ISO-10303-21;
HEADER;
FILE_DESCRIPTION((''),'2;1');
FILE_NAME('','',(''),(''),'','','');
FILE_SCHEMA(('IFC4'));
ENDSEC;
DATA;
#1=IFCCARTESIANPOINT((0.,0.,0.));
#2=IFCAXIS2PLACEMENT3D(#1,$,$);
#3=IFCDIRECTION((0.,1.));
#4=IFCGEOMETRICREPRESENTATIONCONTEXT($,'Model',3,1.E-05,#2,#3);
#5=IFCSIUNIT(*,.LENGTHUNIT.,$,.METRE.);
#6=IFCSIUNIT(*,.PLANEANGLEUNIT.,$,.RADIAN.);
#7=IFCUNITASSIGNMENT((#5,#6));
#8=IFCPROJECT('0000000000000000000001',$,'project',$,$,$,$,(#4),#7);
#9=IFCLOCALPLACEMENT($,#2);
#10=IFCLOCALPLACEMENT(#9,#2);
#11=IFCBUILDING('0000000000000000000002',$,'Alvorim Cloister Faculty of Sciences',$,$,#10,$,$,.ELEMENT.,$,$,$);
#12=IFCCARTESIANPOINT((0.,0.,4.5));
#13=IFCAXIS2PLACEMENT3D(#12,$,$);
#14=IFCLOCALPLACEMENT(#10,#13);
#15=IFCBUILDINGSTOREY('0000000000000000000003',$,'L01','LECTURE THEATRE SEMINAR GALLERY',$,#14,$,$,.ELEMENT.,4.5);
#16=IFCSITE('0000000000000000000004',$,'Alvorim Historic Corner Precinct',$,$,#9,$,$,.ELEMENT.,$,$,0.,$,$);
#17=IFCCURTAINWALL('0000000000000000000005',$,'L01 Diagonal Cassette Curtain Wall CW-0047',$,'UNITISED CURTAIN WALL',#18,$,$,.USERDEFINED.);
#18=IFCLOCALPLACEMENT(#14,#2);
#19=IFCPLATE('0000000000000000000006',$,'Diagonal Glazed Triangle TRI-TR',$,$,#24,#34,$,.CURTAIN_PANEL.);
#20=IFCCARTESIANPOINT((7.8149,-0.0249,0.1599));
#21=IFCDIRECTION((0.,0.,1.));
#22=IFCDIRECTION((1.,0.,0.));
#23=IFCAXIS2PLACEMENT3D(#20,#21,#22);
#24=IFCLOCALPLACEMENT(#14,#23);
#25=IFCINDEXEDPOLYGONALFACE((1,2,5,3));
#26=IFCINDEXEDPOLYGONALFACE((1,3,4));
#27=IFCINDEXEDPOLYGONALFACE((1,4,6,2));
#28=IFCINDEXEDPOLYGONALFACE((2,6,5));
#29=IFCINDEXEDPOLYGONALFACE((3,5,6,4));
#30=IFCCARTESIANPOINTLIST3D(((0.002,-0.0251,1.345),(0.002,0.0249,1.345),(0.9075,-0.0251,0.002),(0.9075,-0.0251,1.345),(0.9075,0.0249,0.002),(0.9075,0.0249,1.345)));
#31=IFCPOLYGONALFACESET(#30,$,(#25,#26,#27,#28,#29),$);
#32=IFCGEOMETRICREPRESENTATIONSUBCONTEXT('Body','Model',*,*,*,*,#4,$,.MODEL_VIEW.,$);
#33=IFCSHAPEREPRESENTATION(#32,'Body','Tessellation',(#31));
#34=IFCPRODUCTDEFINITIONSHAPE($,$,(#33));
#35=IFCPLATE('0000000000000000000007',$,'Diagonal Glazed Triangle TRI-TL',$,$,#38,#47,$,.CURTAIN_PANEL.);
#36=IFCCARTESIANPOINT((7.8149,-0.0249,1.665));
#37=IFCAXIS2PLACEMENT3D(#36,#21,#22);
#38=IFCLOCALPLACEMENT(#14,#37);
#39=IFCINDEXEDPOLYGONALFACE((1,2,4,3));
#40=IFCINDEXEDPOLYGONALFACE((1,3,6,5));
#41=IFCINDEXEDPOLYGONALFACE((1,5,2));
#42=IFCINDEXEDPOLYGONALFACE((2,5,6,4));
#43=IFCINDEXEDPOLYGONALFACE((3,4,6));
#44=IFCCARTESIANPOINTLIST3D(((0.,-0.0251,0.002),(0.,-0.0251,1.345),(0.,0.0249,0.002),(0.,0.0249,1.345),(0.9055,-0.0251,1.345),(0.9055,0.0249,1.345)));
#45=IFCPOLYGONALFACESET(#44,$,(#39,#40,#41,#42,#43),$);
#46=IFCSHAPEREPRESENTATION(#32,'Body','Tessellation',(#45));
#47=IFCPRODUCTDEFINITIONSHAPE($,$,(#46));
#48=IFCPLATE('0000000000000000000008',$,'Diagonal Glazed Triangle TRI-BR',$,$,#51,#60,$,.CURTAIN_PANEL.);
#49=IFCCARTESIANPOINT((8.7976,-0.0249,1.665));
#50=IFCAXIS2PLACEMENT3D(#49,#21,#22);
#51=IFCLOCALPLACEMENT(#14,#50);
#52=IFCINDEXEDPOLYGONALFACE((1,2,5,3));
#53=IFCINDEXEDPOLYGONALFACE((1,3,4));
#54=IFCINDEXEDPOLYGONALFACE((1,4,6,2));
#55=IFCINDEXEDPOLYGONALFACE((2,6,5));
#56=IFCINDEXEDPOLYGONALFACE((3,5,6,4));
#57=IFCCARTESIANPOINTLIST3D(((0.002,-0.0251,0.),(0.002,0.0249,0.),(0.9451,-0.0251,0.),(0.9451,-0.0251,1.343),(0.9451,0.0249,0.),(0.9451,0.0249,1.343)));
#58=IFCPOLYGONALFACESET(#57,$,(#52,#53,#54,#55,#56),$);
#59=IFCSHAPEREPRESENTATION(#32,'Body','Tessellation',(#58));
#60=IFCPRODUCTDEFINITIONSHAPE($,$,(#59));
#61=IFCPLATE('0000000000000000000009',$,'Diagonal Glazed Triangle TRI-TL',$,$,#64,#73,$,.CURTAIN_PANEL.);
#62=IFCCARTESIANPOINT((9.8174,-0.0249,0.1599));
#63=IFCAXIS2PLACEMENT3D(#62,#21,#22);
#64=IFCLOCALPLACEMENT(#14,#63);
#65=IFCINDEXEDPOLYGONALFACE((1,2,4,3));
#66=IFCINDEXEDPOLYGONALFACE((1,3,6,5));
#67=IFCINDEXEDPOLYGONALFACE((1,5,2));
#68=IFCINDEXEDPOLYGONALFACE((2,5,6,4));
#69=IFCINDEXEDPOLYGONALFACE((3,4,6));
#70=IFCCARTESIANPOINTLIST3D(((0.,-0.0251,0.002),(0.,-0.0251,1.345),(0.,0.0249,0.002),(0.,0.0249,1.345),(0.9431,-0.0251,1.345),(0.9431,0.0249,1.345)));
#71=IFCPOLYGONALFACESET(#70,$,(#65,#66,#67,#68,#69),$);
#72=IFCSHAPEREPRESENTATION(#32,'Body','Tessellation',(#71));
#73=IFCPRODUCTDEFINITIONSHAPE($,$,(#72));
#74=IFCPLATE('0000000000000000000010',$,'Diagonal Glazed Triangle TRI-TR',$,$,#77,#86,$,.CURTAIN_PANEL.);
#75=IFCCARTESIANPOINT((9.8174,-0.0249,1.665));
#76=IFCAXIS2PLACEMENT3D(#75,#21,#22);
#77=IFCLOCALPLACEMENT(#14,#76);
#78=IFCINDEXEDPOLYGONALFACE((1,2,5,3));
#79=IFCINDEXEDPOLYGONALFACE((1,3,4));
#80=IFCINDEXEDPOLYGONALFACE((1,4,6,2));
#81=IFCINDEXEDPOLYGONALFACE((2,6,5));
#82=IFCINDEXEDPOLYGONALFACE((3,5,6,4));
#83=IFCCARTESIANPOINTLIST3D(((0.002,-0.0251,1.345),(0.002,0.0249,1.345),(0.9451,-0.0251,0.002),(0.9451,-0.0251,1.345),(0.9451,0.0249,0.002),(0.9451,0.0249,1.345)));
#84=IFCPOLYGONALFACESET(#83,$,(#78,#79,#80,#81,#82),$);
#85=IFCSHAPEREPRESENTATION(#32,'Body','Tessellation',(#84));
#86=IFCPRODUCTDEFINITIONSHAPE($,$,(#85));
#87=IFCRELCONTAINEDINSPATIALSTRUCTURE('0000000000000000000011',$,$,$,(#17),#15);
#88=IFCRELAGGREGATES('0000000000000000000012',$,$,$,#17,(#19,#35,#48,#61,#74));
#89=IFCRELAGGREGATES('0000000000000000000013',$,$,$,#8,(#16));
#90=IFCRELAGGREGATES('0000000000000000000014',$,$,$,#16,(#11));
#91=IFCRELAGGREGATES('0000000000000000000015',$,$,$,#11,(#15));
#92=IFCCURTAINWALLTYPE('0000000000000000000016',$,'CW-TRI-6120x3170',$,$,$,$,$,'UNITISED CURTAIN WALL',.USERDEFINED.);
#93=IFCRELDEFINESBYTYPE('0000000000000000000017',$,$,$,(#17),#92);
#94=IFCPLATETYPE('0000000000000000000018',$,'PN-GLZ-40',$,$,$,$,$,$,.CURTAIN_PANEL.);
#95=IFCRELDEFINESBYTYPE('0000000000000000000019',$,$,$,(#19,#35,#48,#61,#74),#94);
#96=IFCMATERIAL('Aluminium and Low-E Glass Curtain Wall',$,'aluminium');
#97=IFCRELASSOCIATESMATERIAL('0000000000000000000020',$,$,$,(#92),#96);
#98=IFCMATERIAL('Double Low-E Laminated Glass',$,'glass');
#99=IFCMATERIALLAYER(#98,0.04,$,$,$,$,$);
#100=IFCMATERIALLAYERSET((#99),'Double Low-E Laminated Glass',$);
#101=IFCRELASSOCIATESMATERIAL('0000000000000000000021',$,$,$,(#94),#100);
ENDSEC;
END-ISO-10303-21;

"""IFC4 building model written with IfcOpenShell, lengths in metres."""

from ifc_helpers import new_model, si_unit, direction, frame, origin, place, context, subcontext, project, spatial, polyline, outline, extrude, material, layer, layer_set, type_object, element, aggregate, save


model = new_model("IFC4")

# Units and contexts
model_context = context("Model", 3, precision=1e-05, world=origin(), true_north=direction((0.0, 1.0)))
body_context = subcontext(model_context, "Body", "Model", "MODEL_VIEW")
ifc_project = project(units=[si_unit("LENGTHUNIT", "METRE"), si_unit("PLANEANGLEUNIT", "RADIAN")], contexts=[model_context])

# Site, building, storey
site_placement = place(None, origin())
site = spatial("IfcSite", under=ifc_project, at=site_placement, Name="Alvorim Historic Corner Precinct", CompositionType="ELEMENT", RefElevation=0.0)
building_placement = place(site_placement, origin())
building = spatial("IfcBuilding", under=site, at=building_placement, Name="Alvorim Cloister Faculty of Sciences", CompositionType="ELEMENT")
storey_placement = place(building_placement, frame((0.0, 0.0, 4.5)))
storey = spatial("IfcBuildingStorey", under=building, at=storey_placement, Name="L01", Description="LECTURE THEATRE SEMINAR GALLERY", CompositionType="ELEMENT", Elevation=4.5)

# Curtain wall, plates
ifc_material_1 = material(Name="Aluminium and Low-E Glass Curtain Wall", Category="aluminium")
curtain_wall_type = type_object("IfcCurtainWallType", Name="CW-TRI-6120x3170", ElementType="UNITISED CURTAIN WALL", PredefinedType="USERDEFINED", material=ifc_material_1)
curtain_wall_placement = place(storey_placement, origin())
curtain_wall = element("IfcCurtainWall", 1, at=curtain_wall_placement, inside=storey, type_object=curtain_wall_type, Name="L01 Diagonal Cassette Curtain Wall CW-0047", ObjectType="UNITISED CURTAIN WALL", PredefinedType="USERDEFINED")
ifc_material_2 = material(Name="Double Low-E Laminated Glass", Category="glass")
ifc_layer_1 = layer(ifc_material_2, 0.04)
ifc_layer_set_1 = layer_set([ifc_layer_1], Name="Double Low-E Laminated Glass")
plate_type = type_object("IfcPlateType", Name="PN-GLZ-40", PredefinedType="CURTAIN_PANEL", material=ifc_layer_set_1)
plate_1_placement = place(storey_placement, frame((7.8149, -0.0249, 0.1599), z_axis=(0.0, 0.0, 1.0), x_axis=(1.0, 0.0, 0.0)))
plate_1 = element("IfcPlate", 2, at=plate_1_placement, type_object=plate_type, Name="Diagonal Glazed Triangle TRI-TR", PredefinedType="CURTAIN_PANEL", context=body_context, shape_type="SweptSolid", body=[
    extrude(outline(polyline([(0.9075, 0.002), (0.9075, 1.345), (0.002, 1.345), (0.9075, 0.002)])), frame((0.0, 0.0249, 0.0), z_axis=(0.0, -1.0, 0.0), x_axis=(1.0, 0.0, 0.0)), (0.0, 0.0, 1.0), 0.05),
])
plate_2_placement = place(storey_placement, frame((7.8149, -0.0249, 1.665), z_axis=(0.0, 0.0, 1.0), x_axis=(1.0, 0.0, 0.0)))
plate_2 = element("IfcPlate", 3, at=plate_2_placement, type_object=plate_type, Name="Diagonal Glazed Triangle TRI-TL", PredefinedType="CURTAIN_PANEL", context=body_context, shape_type="SweptSolid", body=[
    extrude(outline(polyline([(0.9055, 1.345), (0.0, 1.345), (0.0, 0.002), (0.9055, 1.345)])), frame((0.0, 0.0249, 0.0), z_axis=(0.0, -1.0, 0.0), x_axis=(1.0, 0.0, 0.0)), (0.0, 0.0, 1.0), 0.05),
])
plate_3_placement = place(storey_placement, frame((8.7976, -0.0249, 1.665), z_axis=(0.0, 0.0, 1.0), x_axis=(1.0, 0.0, 0.0)))
plate_3 = element("IfcPlate", 4, at=plate_3_placement, type_object=plate_type, Name="Diagonal Glazed Triangle TRI-BR", PredefinedType="CURTAIN_PANEL", context=body_context, shape_type="SweptSolid", body=[
    extrude(outline(polyline([(0.002, 0.0), (0.9451, 0.0), (0.9451, 1.343), (0.002, 0.0)])), frame((0.0, 0.0249, 0.0), z_axis=(0.0, -1.0, 0.0), x_axis=(1.0, 0.0, 0.0)), (0.0, 0.0, 1.0), 0.05),
])
plate_4_placement = place(storey_placement, frame((9.8174, -0.0249, 0.1599), z_axis=(0.0, 0.0, 1.0), x_axis=(1.0, 0.0, 0.0)))
plate_4 = element("IfcPlate", 5, at=plate_4_placement, type_object=plate_type, Name="Diagonal Glazed Triangle TRI-TL", PredefinedType="CURTAIN_PANEL", context=body_context, shape_type="SweptSolid", body=[
    extrude(outline(polyline([(0.9431, 1.345), (0.0, 1.345), (0.0, 0.002), (0.9431, 1.345)])), frame((0.0, 0.0249, 0.0), z_axis=(0.0, -1.0, 0.0), x_axis=(1.0, 0.0, 0.0)), (0.0, 0.0, 1.0), 0.05),
])
plate_5_placement = place(storey_placement, frame((9.8174, -0.0249, 1.665), z_axis=(0.0, 0.0, 1.0), x_axis=(1.0, 0.0, 0.0)))
plate_5 = element("IfcPlate", 6, at=plate_5_placement, type_object=plate_type, Name="Diagonal Glazed Triangle TRI-TR", PredefinedType="CURTAIN_PANEL", context=body_context, shape_type="SweptSolid", body=[
    extrude(outline(polyline([(0.9451, 0.002), (0.9451, 1.345), (0.002, 1.345), (0.9451, 0.002)])), frame((0.0, 0.0249, 0.0), z_axis=(0.0, -1.0, 0.0), x_axis=(1.0, 0.0, 0.0)), (0.0, 0.0, 1.0), 0.05),
])
aggregate(curtain_wall, [plate_1, plate_2, plate_3, plate_4, plate_5])

save(model, "model.ifc")
